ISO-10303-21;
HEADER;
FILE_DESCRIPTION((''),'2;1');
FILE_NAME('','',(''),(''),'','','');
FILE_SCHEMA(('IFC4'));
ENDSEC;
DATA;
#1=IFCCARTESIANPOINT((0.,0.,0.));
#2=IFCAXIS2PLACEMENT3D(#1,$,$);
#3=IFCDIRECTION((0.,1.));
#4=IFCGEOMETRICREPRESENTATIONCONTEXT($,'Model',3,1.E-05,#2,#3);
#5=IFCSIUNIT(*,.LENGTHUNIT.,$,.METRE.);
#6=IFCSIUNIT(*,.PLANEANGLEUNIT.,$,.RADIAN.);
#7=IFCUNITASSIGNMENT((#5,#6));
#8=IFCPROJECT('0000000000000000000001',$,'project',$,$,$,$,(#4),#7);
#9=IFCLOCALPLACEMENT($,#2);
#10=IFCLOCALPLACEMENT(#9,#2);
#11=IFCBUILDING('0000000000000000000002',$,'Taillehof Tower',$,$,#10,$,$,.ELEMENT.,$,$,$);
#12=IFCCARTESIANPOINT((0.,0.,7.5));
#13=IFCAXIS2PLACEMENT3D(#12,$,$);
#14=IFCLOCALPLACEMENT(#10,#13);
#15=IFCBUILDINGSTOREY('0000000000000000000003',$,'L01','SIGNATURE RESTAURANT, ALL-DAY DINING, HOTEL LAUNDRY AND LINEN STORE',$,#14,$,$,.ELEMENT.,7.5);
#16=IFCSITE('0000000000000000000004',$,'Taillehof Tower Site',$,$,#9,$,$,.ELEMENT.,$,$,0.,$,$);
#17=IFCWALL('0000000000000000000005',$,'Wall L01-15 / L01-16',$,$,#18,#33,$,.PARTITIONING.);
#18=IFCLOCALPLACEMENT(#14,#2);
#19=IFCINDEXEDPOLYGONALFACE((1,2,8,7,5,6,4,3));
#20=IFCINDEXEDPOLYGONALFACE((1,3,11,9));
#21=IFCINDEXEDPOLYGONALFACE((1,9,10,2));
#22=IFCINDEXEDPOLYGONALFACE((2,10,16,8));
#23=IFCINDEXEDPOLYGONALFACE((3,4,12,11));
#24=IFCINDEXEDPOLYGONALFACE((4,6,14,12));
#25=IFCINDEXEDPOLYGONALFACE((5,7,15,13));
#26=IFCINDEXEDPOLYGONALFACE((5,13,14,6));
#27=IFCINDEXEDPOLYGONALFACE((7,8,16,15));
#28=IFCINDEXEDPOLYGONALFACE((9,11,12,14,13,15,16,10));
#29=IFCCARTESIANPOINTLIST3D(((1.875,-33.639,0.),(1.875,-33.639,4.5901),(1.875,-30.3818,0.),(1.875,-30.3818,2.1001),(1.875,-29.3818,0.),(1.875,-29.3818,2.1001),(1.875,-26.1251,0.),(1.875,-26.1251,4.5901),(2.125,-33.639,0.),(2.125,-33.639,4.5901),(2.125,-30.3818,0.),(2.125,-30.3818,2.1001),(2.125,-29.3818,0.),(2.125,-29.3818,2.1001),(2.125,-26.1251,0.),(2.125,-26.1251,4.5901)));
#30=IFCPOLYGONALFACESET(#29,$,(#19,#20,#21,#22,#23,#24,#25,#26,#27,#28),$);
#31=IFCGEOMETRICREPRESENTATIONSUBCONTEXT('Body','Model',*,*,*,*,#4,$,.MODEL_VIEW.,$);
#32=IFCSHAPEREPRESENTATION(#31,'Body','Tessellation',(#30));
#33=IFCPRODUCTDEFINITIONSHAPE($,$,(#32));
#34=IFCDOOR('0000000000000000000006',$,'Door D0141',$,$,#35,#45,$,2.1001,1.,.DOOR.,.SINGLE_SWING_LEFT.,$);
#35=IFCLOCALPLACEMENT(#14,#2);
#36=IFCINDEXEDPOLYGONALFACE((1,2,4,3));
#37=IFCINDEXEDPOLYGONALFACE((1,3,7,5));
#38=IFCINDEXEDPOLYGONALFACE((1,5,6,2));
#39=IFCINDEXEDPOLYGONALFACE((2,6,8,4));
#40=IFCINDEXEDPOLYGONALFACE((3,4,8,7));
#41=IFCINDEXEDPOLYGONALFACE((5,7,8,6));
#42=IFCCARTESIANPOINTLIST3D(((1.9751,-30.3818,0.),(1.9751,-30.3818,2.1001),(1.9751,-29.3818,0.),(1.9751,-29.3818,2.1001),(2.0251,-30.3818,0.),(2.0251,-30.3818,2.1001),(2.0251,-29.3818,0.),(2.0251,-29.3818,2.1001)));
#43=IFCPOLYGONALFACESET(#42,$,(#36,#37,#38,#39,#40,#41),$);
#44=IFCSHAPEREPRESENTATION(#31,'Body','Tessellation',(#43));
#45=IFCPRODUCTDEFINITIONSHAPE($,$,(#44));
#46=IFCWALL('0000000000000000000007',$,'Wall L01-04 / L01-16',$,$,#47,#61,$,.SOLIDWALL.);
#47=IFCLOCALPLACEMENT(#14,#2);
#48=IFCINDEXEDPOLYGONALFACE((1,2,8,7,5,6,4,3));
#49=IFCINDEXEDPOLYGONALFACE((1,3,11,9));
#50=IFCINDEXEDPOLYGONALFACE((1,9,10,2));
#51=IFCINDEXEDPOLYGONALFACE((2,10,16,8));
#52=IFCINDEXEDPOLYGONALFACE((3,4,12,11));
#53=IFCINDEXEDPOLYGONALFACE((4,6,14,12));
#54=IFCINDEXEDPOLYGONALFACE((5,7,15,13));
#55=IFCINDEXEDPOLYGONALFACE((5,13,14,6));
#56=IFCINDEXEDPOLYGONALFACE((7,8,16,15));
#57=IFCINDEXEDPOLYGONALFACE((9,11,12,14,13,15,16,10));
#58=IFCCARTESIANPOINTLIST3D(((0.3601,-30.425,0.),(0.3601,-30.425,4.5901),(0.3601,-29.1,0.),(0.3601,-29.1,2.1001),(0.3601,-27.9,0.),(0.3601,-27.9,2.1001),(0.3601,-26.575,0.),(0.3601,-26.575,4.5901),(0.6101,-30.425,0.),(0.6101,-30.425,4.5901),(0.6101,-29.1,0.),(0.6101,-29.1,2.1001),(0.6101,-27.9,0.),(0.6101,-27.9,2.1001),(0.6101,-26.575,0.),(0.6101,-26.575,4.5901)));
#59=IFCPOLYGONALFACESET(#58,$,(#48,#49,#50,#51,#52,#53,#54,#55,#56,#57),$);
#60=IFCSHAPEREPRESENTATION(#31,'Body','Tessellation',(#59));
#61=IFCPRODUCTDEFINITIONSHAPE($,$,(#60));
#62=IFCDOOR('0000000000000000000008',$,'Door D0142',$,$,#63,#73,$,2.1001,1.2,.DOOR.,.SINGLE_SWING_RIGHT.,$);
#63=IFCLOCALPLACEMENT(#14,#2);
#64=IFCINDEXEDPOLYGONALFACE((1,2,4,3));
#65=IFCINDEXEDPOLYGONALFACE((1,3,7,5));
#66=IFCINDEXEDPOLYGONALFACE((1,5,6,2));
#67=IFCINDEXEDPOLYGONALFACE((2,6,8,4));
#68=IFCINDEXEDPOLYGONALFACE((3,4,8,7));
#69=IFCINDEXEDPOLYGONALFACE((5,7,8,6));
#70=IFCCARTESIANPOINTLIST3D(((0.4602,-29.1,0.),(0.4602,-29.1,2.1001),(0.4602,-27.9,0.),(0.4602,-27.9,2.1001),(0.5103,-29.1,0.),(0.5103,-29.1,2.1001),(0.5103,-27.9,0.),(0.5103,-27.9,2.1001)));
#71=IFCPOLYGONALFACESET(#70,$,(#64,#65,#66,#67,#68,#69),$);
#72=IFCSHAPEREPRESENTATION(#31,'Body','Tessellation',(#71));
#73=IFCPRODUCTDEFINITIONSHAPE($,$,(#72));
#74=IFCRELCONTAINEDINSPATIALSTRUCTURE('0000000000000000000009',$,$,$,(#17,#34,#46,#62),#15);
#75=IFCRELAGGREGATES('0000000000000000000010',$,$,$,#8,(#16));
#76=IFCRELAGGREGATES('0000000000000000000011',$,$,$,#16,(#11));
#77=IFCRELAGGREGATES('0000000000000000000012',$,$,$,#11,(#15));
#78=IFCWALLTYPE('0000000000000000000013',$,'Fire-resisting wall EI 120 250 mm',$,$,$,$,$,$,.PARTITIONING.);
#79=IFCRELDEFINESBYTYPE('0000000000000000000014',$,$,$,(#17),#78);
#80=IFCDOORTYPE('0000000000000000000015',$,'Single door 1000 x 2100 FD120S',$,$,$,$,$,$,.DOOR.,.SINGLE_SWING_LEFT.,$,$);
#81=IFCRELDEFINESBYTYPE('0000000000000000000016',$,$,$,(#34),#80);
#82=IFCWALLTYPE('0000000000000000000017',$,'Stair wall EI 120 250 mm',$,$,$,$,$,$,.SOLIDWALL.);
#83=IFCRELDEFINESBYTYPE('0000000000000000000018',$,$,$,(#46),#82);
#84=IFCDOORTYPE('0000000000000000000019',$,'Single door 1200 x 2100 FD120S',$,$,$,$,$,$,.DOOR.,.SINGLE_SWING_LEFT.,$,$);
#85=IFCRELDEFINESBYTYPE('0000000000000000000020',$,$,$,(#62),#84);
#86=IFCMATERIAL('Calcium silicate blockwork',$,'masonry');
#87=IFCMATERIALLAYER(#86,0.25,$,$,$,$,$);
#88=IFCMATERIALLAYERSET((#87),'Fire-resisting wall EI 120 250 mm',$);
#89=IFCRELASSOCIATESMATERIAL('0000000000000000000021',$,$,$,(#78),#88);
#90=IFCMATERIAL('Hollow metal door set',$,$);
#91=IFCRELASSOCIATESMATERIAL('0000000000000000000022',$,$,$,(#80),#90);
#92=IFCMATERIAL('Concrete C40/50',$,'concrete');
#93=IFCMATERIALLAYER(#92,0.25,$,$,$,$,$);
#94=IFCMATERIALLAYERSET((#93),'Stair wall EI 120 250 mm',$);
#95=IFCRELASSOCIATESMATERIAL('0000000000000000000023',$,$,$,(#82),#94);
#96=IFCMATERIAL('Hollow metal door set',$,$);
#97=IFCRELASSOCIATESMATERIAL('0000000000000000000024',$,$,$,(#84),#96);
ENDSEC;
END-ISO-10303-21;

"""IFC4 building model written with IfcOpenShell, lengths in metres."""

from ifc_helpers import new_model, si_unit, direction, frame, frame_2d, origin, place, context, subcontext, project, spatial, rectangle, extrude, material, layer, layer_set, type_object, element, fill, save


model = new_model("IFC4")

# Units and contexts
model_context = context("Model", 3, precision=1e-05, world=origin(), true_north=direction((0.0, 1.0)))
body_context = subcontext(model_context, "Body", "Model", "MODEL_VIEW")
ifc_project = project(units=[si_unit("LENGTHUNIT", "METRE"), si_unit("PLANEANGLEUNIT", "RADIAN")], contexts=[model_context])

# Site, building, storey
site_placement = place(None, origin())
site = spatial("IfcSite", under=ifc_project, at=site_placement, Name="Taillehof Tower Site", CompositionType="ELEMENT", RefElevation=0.0)
building_placement = place(site_placement, origin())
building = spatial("IfcBuilding", under=site, at=building_placement, Name="Taillehof Tower", CompositionType="ELEMENT")
storey_placement = place(building_placement, frame((0.0, 0.0, 7.5)))
storey = spatial("IfcBuildingStorey", under=building, at=storey_placement, Name="L01", Description="SIGNATURE RESTAURANT, ALL-DAY DINING, HOTEL LAUNDRY AND LINEN STORE", CompositionType="ELEMENT", Elevation=7.5)

# Shared definitions
ifc_material_1 = material(Name="Calcium silicate blockwork", Category="masonry")
ifc_layer_1 = layer(ifc_material_1, 0.25)
ifc_layer_set_1 = layer_set([ifc_layer_1], Name="Fire-resisting wall EI 120 250 mm")
wall_type_1 = type_object("IfcWallType", Name="Fire-resisting wall EI 120 250 mm", PredefinedType="PARTITIONING", material=ifc_layer_set_1)

# Walls, openings, doors
wall_1_placement = place(storey_placement, frame((2.0, -33.6389, 0.0), z_axis=(0.0, 0.0, 1.0), x_axis=(0.0, 1.0, 0.0)))
wall_1 = element("IfcWall", 1, at=wall_1_placement, inside=storey, type_object=wall_type_1, Name="Wall L01-15 / L01-16", PredefinedType="PARTITIONING", context=body_context, shape_type="SweptSolid", body=[
    extrude(rectangle(XDim=7.5139, YDim=0.25, at=frame_2d((3.7568, 0.0))), origin(), (0.0, 0.0, 1.0), 4.5901),
])
opening_1_placement = place(wall_1_placement, frame((3.2571, 0.0, 0.0)))
opening_1 = element("IfcOpeningElement", 2, at=opening_1_placement, cuts=wall_1, PredefinedType="OPENING", context=body_context, shape_type="SweptSolid", body=[
    extrude(rectangle(XDim=1.0, YDim=2.1001, at=frame_2d((0.5, 1.05))), frame((0.0, 0.135, 0.0), z_axis=(0.0, -1.0, 0.0), x_axis=(1.0, 0.0, 0.0)), (0.0, 0.0, 1.0), 0.27),
])
ifc_material_2 = material(Name="Hollow metal door set")
door_type_1 = type_object("IfcDoorType", Name="Single door 1000 x 2100 FD120S", OperationType="SINGLE_SWING_LEFT", PredefinedType="DOOR", material=ifc_material_2)
door_1_placement = place(opening_1_placement, origin())
door_1 = element("IfcDoor", 3, at=door_1_placement, inside=storey, type_object=door_type_1, Name="Door D0141", OperationType="SINGLE_SWING_LEFT", OverallHeight=2.1001, OverallWidth=1.0, PredefinedType="DOOR", context=body_context, shape_type="SweptSolid", body=[
    extrude(rectangle(XDim=1.0, YDim=2.1001, at=frame_2d((0.5, 1.05))), frame((0.0, 0.0249, 0.0), z_axis=(0.0, -1.0, 0.0), x_axis=(1.0, 0.0, 0.0)), (0.0, 0.0, 1.0), 0.05),
])
fill(opening_1, door_1)
ifc_material_3 = material(Name="Concrete C40/50", Category="concrete")
ifc_layer_2 = layer(ifc_material_3, 0.25)
ifc_layer_set_2 = layer_set([ifc_layer_2], Name="Stair wall EI 120 250 mm")
wall_type_2 = type_object("IfcWallType", Name="Stair wall EI 120 250 mm", PredefinedType="SOLIDWALL", material=ifc_layer_set_2)
wall_2_placement = place(storey_placement, frame((0.4851, -30.425, 0.0), z_axis=(0.0, 0.0, 1.0), x_axis=(0.0, 1.0, 0.0)))
wall_2 = element("IfcWall", 4, at=wall_2_placement, inside=storey, type_object=wall_type_2, Name="Wall L01-04 / L01-16", PredefinedType="SOLIDWALL", context=body_context, shape_type="SweptSolid", body=[
    extrude(rectangle(XDim=3.8501, YDim=0.25, at=frame_2d((1.925, 0.0))), origin(), (0.0, 0.0, 1.0), 4.5901),
])
opening_2_placement = place(wall_2_placement, frame((1.325, 0.0, 0.0)))
opening_2 = element("IfcOpeningElement", 5, at=opening_2_placement, cuts=wall_2, PredefinedType="OPENING", context=body_context, shape_type="SweptSolid", body=[
    extrude(rectangle(XDim=1.2, YDim=2.1001, at=frame_2d((0.6001, 1.05))), frame((0.0, 0.135, 0.0), z_axis=(0.0, -1.0, 0.0), x_axis=(1.0, 0.0, 0.0)), (0.0, 0.0, 1.0), 0.27),
])
ifc_material_4 = material(Name="Hollow metal door set")
door_type_2 = type_object("IfcDoorType", Name="Single door 1200 x 2100 FD120S", OperationType="SINGLE_SWING_LEFT", PredefinedType="DOOR", material=ifc_material_4)
door_2_placement = place(opening_2_placement, origin())
door_2 = element("IfcDoor", 6, at=door_2_placement, inside=storey, type_object=door_type_2, Name="Door D0142", OperationType="SINGLE_SWING_RIGHT", OverallHeight=2.1001, OverallWidth=1.2, PredefinedType="DOOR", context=body_context, shape_type="SweptSolid", body=[
    extrude(rectangle(XDim=1.2, YDim=2.1001, at=frame_2d((0.6001, 1.05))), frame((0.0, 0.0249, 0.0), z_axis=(0.0, -1.0, 0.0), x_axis=(1.0, 0.0, 0.0)), (0.0, 0.0, 1.0), 0.05),
])
fill(opening_2, door_2)

save(model, "model.ifc")
